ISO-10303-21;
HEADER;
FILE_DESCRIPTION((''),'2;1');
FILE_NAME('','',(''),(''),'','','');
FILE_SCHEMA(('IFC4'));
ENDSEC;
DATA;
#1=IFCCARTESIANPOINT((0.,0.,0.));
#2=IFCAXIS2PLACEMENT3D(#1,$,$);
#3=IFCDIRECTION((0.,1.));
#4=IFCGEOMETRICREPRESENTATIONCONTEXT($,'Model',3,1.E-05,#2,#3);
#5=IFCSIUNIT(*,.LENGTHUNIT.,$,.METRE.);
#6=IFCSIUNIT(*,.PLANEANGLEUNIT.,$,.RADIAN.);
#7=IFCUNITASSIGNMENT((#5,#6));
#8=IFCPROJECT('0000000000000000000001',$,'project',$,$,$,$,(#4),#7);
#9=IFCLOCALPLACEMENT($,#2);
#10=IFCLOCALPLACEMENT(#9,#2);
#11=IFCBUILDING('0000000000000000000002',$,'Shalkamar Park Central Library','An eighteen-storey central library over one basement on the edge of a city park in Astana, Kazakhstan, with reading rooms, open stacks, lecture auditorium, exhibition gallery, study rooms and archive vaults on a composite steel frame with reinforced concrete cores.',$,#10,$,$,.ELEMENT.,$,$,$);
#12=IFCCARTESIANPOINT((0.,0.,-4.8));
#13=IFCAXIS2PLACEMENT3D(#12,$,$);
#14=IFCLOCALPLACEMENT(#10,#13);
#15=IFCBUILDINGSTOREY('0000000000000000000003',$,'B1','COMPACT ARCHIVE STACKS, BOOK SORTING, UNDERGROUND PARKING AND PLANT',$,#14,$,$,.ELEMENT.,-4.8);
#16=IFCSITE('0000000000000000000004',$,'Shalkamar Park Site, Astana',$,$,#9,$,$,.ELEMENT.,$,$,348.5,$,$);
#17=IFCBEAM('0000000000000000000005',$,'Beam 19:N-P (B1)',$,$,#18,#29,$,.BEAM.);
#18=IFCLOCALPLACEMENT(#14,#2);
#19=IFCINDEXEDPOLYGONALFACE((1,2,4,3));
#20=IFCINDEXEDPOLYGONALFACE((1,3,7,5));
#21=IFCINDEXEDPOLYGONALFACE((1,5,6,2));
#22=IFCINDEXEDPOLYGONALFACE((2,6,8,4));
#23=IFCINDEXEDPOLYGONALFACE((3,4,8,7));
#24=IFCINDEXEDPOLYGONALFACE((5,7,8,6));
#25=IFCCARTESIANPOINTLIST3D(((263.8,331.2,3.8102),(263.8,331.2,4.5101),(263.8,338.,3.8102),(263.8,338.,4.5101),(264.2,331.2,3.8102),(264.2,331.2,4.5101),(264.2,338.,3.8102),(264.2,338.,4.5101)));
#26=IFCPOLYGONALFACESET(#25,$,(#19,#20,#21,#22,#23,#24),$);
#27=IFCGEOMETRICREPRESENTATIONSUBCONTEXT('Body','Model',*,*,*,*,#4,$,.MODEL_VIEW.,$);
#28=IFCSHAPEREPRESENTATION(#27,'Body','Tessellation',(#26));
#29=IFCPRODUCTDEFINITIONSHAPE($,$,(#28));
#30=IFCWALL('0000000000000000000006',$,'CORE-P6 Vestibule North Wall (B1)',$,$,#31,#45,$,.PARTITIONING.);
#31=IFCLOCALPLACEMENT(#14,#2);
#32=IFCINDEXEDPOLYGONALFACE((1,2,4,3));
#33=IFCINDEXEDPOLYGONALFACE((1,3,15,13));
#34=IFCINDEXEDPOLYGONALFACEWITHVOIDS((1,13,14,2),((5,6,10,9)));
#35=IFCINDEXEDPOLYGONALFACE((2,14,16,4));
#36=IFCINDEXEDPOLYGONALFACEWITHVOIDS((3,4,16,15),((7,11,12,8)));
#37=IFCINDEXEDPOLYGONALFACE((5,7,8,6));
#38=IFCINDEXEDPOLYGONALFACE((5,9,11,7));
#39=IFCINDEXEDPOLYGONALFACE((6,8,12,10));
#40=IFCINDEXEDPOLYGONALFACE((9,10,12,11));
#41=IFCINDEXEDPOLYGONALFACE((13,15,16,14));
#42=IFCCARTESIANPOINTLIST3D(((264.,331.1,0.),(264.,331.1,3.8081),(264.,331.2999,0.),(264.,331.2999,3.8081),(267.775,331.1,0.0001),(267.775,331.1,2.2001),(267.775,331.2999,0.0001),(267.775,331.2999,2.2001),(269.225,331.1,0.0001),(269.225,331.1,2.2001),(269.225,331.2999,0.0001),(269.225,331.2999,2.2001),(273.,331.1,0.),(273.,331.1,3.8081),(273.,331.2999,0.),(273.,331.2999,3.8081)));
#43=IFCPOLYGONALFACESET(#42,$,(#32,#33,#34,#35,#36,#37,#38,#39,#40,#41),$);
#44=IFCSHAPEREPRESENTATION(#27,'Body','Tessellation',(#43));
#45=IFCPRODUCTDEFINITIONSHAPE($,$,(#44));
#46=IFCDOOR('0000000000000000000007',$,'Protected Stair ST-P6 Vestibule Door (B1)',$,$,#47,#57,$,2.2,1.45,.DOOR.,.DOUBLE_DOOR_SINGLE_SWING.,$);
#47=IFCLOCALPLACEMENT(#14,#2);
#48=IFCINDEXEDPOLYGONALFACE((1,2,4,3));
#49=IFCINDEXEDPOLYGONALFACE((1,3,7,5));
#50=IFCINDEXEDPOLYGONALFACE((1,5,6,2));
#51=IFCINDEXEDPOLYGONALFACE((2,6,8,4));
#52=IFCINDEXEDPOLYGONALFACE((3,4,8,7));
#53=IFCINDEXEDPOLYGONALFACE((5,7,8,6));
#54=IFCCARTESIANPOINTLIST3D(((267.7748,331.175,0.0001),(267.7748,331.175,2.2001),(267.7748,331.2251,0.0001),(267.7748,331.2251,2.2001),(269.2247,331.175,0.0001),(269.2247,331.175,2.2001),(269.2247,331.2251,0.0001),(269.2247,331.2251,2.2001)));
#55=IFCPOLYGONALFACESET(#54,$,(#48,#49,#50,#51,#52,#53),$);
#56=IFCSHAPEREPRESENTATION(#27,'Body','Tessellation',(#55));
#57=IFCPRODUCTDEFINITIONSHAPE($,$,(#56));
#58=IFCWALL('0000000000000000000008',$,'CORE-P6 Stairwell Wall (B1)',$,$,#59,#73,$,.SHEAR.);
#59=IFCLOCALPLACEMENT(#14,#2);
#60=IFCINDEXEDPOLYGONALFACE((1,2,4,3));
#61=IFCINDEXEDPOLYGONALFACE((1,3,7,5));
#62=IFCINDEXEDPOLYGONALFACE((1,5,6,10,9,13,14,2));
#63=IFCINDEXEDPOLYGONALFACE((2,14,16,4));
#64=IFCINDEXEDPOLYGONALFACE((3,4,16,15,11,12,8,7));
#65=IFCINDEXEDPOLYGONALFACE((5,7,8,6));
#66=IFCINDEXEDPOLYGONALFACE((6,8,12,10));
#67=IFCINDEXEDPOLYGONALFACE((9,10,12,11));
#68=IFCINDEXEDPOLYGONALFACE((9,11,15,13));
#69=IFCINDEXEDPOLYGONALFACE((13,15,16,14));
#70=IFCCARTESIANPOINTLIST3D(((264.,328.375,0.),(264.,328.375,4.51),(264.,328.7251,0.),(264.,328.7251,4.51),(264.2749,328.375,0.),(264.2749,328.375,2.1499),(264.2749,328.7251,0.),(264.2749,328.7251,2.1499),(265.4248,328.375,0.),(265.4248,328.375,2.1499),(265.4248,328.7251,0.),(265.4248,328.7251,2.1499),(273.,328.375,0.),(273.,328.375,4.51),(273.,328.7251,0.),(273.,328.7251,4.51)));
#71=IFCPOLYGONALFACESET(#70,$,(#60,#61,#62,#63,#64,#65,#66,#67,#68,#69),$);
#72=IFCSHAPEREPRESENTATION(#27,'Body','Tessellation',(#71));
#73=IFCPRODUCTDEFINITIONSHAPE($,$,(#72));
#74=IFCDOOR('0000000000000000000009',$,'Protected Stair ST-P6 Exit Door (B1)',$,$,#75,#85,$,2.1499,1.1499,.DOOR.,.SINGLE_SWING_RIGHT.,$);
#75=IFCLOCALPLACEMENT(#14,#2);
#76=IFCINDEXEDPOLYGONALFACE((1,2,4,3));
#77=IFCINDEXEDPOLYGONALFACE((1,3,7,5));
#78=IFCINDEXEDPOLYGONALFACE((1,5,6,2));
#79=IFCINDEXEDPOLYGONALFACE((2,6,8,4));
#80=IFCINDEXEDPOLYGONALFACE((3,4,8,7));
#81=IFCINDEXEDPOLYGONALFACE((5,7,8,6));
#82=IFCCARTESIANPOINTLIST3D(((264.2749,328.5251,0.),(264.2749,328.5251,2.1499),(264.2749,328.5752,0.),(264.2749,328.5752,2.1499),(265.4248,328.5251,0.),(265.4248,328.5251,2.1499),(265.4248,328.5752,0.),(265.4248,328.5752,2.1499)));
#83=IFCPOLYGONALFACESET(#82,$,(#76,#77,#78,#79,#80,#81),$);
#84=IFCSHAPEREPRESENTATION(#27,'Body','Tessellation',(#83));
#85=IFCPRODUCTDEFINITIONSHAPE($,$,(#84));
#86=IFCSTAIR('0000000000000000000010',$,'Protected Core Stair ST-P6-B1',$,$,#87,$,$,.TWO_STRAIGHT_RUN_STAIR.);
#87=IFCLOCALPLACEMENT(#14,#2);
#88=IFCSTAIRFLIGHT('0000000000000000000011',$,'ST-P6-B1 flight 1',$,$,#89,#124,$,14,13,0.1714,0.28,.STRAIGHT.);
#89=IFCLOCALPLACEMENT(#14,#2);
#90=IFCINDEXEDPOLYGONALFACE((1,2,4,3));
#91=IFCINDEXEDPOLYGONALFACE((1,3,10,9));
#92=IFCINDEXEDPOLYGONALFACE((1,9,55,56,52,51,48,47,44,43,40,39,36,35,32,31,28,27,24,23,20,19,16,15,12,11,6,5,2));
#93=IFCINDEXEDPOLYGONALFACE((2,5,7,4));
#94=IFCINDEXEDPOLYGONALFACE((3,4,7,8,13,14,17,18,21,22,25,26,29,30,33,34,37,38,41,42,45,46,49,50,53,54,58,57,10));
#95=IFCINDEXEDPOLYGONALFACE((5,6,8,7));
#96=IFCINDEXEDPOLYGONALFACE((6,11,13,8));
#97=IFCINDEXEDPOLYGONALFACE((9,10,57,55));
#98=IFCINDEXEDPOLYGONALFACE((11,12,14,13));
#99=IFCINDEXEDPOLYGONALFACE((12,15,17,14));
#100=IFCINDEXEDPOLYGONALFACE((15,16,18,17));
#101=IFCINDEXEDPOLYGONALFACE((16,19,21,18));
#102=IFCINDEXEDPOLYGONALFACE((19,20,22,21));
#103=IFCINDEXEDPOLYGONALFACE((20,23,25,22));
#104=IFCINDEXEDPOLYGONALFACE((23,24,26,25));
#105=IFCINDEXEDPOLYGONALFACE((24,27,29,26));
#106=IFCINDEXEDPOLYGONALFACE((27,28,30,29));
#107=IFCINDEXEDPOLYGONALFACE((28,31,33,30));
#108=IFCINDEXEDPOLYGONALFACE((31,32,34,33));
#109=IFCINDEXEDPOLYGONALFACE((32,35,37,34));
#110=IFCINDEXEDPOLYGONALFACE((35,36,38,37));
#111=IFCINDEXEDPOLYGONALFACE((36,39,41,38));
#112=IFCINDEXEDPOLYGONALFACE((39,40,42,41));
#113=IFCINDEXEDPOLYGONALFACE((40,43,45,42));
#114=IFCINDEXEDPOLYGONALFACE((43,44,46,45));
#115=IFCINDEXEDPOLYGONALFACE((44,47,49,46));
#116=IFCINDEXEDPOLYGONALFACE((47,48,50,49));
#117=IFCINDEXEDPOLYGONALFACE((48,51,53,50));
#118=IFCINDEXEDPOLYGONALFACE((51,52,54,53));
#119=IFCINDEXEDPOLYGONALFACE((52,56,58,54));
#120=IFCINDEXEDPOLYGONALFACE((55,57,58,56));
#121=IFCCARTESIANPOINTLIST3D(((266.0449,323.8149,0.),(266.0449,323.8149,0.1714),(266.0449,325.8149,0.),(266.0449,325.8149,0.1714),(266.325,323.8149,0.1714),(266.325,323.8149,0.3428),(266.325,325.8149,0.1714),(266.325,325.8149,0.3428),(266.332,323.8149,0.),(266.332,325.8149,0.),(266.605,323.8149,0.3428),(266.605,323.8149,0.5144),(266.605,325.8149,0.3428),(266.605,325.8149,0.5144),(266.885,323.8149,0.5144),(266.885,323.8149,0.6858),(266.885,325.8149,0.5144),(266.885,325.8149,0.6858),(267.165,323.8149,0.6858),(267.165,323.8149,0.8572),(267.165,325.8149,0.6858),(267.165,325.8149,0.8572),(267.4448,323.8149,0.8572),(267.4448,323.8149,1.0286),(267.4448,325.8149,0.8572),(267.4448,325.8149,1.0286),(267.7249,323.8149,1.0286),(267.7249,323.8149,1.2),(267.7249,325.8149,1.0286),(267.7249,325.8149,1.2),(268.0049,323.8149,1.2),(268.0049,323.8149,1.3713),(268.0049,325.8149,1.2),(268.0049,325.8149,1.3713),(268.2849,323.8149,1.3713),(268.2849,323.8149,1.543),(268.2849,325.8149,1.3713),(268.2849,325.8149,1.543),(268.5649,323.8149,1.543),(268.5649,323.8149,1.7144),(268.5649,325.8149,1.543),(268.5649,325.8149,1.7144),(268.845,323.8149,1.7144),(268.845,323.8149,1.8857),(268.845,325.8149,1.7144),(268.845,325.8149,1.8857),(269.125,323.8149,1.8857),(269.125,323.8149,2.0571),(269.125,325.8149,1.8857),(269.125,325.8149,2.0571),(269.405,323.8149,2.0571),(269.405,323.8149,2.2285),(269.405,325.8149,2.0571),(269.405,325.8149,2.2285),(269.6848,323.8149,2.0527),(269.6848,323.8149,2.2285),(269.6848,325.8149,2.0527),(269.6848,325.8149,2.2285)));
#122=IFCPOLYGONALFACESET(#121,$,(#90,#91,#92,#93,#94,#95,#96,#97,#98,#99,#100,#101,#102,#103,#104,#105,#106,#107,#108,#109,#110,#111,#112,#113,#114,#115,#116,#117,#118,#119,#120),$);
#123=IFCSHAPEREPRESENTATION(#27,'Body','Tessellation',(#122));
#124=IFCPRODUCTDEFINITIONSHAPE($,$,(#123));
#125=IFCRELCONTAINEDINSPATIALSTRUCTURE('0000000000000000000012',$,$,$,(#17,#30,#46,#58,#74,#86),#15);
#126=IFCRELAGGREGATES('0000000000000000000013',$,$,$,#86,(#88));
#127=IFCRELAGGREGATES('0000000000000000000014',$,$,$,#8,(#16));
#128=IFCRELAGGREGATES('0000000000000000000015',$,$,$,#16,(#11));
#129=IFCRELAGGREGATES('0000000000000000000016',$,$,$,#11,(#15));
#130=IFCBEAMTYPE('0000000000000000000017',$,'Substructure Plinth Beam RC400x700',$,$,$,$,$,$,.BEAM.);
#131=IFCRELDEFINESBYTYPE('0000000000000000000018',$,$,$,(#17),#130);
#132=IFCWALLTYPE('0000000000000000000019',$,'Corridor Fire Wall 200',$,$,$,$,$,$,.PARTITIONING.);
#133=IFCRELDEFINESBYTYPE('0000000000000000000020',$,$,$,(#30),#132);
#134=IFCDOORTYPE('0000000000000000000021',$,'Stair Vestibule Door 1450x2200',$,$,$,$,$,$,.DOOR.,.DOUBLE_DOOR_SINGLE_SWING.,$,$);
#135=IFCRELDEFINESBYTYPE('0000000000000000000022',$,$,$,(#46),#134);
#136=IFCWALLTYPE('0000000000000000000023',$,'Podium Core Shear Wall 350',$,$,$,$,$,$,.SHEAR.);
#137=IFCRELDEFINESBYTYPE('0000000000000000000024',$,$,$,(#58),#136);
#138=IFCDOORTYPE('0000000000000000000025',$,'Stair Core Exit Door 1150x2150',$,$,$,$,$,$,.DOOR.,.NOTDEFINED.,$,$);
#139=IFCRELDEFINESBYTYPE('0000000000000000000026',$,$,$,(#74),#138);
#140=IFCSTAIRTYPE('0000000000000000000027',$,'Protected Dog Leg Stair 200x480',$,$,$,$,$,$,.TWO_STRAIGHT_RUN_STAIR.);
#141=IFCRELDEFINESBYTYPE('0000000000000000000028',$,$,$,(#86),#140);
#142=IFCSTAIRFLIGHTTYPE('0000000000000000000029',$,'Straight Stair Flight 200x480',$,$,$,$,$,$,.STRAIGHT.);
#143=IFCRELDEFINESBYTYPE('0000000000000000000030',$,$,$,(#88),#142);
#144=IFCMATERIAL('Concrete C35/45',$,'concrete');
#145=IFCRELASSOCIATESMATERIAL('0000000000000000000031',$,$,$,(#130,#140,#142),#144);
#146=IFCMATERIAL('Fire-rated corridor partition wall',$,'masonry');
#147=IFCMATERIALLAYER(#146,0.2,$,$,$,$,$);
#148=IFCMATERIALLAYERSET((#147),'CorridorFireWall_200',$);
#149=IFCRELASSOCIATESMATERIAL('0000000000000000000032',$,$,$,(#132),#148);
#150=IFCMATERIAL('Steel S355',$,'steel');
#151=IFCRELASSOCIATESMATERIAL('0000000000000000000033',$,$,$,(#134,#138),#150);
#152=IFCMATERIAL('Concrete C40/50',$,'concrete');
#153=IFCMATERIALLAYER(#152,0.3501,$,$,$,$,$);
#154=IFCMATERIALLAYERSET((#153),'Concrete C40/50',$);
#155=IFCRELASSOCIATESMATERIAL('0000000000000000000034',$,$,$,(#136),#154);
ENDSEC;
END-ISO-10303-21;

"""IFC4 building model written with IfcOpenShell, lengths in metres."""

from ifc_helpers import new_model, si_unit, direction, frame, frame_2d, origin, origin_2d, place, context, subcontext, project, spatial, polyline, rectangle, outline, extrude, material, layer, layer_set, material_profile, profile_set, type_object, element, fill, aggregate, save


model = new_model("IFC4")

# Units and contexts
model_context = context("Model", 3, precision=1e-05, world=origin(), true_north=direction((0.0, 1.0)))
body_context = subcontext(model_context, "Body", "Model", "MODEL_VIEW")
ifc_project = project(units=[si_unit("LENGTHUNIT", "METRE"), si_unit("PLANEANGLEUNIT", "RADIAN")], contexts=[model_context])

# Site, building, storey
site_placement = place(None, origin())
site = spatial("IfcSite", under=ifc_project, at=site_placement, Name="Shalkamar Park Site, Astana", CompositionType="ELEMENT", RefElevation=348.5)
building_placement = place(site_placement, origin())
building = spatial("IfcBuilding", under=site, at=building_placement, Name="Shalkamar Park Central Library", Description="An eighteen-storey central library over one basement on the edge of a city park in Astana, Kazakhstan, with reading rooms, open stacks, lecture auditorium, exhibition gallery, study rooms and archive vaults on a composite steel frame with reinforced concrete cores.", CompositionType="ELEMENT")
storey_placement = place(building_placement, frame((0.0, 0.0, -4.8)))
storey = spatial("IfcBuildingStorey", under=building, at=storey_placement, Name="B1", Description="COMPACT ARCHIVE STACKS, BOOK SORTING, UNDERGROUND PARKING AND PLANT", CompositionType="ELEMENT", Elevation=-4.8)

# Shared definitions
ifc_material_1 = material(Name="Concrete C35/45", Category="concrete")

# Shared definitions
ifc_material_2 = material(Name="Concrete C40/50", Category="concrete")

# Beam
ifc_material_3 = material(Name="Steel S355", Category="steel")
ifc_material_profile_1 = material_profile(ifc_material_1, rectangle(XDim=0.3999, YDim=0.7, at=origin_2d()), Name="RC 400x700")
ifc_profile_set_1 = profile_set([ifc_material_profile_1], Name="Concrete C35/45")
beam_type_1 = type_object("IfcBeamType", Name="Substructure Plinth Beam RC400x700", PredefinedType="BEAM", material=ifc_profile_set_1)
beam_1_placement = place(storey_placement, frame((264.0, 331.2, 4.1602), z_axis=(0.0, 1.0, 0.0), x_axis=(-1.0, 0.0, 0.0)))
element("IfcBeam", 1, at=beam_1_placement, inside=storey, type_object=beam_type_1, Name="Beam 19:N-P (B1)", PredefinedType="BEAM", context=body_context, shape_type="SweptSolid", body=[
    extrude(rectangle(XDim=0.3999, YDim=0.7, at=origin_2d()), origin(), (0.0, 0.0, 1.0), 6.8),
])

# Walls, openings, doors
ifc_material_4 = material(Name="Fire-rated corridor partition wall", Category="masonry")
ifc_layer_1 = layer(ifc_material_4, 0.2)
ifc_layer_set_1 = layer_set([ifc_layer_1], Name="CorridorFireWall_200")
wall_type_1 = type_object("IfcWallType", Name="Corridor Fire Wall 200", PredefinedType="PARTITIONING", material=ifc_layer_set_1)
wall_1_placement = place(storey_placement, frame((264.0, 331.2, 0.0), z_axis=(0.0, 0.0, 1.0), x_axis=(1.0, 0.0, 0.0)))
wall_1 = element("IfcWall", 2, at=wall_1_placement, inside=storey, type_object=wall_type_1, Name="CORE-P6 Vestibule North Wall (B1)", PredefinedType="PARTITIONING", context=body_context, shape_type="SweptSolid", body=[
    extrude(rectangle(XDim=9.0, YDim=0.2, at=frame_2d((4.5, 0.0))), origin(), (0.0, 0.0, 1.0), 3.8081),
])
opening_1_placement = place(wall_1_placement, frame((3.7749, 0.0, 0.0)))
opening_1 = element("IfcOpeningElement", 3, at=opening_1_placement, cuts=wall_1, PredefinedType="OPENING", context=body_context, shape_type="SweptSolid", body=[
    extrude(rectangle(XDim=1.45, YDim=2.2, at=frame_2d((0.7251, 1.1001))), frame((0.0, 0.1147, 0.0), z_axis=(0.0, -1.0, 0.0), x_axis=(1.0, 0.0, 0.0)), (0.0, 0.0, 1.0), 0.2297),
])
door_type_1 = type_object("IfcDoorType", Name="Stair Vestibule Door 1450x2200", OperationType="DOUBLE_DOOR_SINGLE_SWING", PredefinedType="DOOR", material=ifc_material_3)
door_1_placement = place(opening_1_placement, frame((1.45, 0.0, 0.0), z_axis=(0.0, 0.0, 1.0), x_axis=(-1.0, 0.0, 0.0)))
door_1 = element("IfcDoor", 4, at=door_1_placement, inside=storey, type_object=door_type_1, Name="Protected Stair ST-P6 Vestibule Door (B1)", OperationType="DOUBLE_DOOR_SINGLE_SWING", OverallHeight=2.2, OverallWidth=1.45, PredefinedType="DOOR", context=body_context, shape_type="SweptSolid", body=[
    extrude(rectangle(XDim=1.45, YDim=2.2, at=frame_2d((0.7251, 1.1001))), frame((0.0, 0.0249, 0.0), z_axis=(0.0, -1.0, 0.0), x_axis=(1.0, 0.0, 0.0)), (0.0, 0.0, 1.0), 0.05),
])
fill(opening_1, door_1)
ifc_layer_2 = layer(ifc_material_2, 0.3501)
ifc_layer_set_2 = layer_set([ifc_layer_2], Name="Concrete C40/50")
wall_type_2 = type_object("IfcWallType", Name="Podium Core Shear Wall 350", PredefinedType="SHEAR", material=ifc_layer_set_2)
wall_2_placement = place(storey_placement, frame((264.0, 328.55, 0.0), z_axis=(0.0, 0.0, 1.0), x_axis=(1.0, 0.0, 0.0)))
wall_2 = element("IfcWall", 5, at=wall_2_placement, inside=storey, type_object=wall_type_2, Name="CORE-P6 Stairwell Wall (B1)", PredefinedType="SHEAR", context=body_context, shape_type="SweptSolid", body=[
    extrude(rectangle(XDim=9.0, YDim=0.3501, at=frame_2d((4.5, 0.0))), origin(), (0.0, 0.0, 1.0), 4.51),
])
opening_2_placement = place(wall_2_placement, frame((0.2749, 0.0, 0.0)))
opening_2 = element("IfcOpeningElement", 6, at=opening_2_placement, cuts=wall_2, PredefinedType="OPENING", context=body_context, shape_type="SweptSolid", body=[
    extrude(rectangle(XDim=1.1499, YDim=2.1499, at=frame_2d((0.575, 1.075))), frame((0.0, 0.1899, 0.0), z_axis=(0.0, -1.0, 0.0), x_axis=(1.0, 0.0, 0.0)), (0.0, 0.0, 1.0), 0.3799),
])
door_type_2 = type_object("IfcDoorType", Name="Stair Core Exit Door 1150x2150", OperationType="NOTDEFINED", PredefinedType="DOOR", material=ifc_material_3)
door_2_placement = place(opening_2_placement, frame((1.1499, 0.0, 0.0), z_axis=(0.0, 0.0, 1.0), x_axis=(-1.0, 0.0, 0.0)))
door_2 = element("IfcDoor", 7, at=door_2_placement, inside=storey, type_object=door_type_2, Name="Protected Stair ST-P6 Exit Door (B1)", OperationType="SINGLE_SWING_RIGHT", OverallHeight=2.1499, OverallWidth=1.1499, PredefinedType="DOOR", context=body_context, shape_type="SweptSolid", body=[
    extrude(rectangle(XDim=1.1499, YDim=2.1499, at=frame_2d((0.575, 1.075))), frame((0.0, 0.0249, 0.0), z_axis=(0.0, -1.0, 0.0), x_axis=(1.0, 0.0, 0.0)), (0.0, 0.0, 1.0), 0.05),
])
fill(opening_2, door_2)

# Stair, stair flight
stair_type = type_object("IfcStairType", Name="Protected Dog Leg Stair 200x480", PredefinedType="TWO_STRAIGHT_RUN_STAIR", material=ifc_material_1)
stair_placement = place(storey_placement, origin())
stair = element("IfcStair", 8, at=stair_placement, inside=storey, type_object=stair_type, Name="Protected Core Stair ST-P6-B1", PredefinedType="TWO_STRAIGHT_RUN_STAIR")
stair_flight_type = type_object("IfcStairFlightType", Name="Straight Stair Flight 200x480", PredefinedType="STRAIGHT", material=ifc_material_1)
stair_flight_placement = place(storey_placement, frame((266.0449, 324.8149, 0.0), z_axis=(0.0, 0.0, 1.0), x_axis=(1.0, 0.0, 0.0)))
stair_flight = element("IfcStairFlight", 9, at=stair_flight_placement, type_object=stair_flight_type, Name="ST-P6-B1 flight 1", NumberOfRisers=14, NumberOfTreads=13, PredefinedType="STRAIGHT", RiserHeight=0.1714, TreadLength=0.28, context=body_context, shape_type="SweptSolid", body=[
    extrude(outline(polyline([(0.0, 0.0), (0.0, 0.1714), (0.28, 0.1714), (0.28, 0.3428), (0.5601, 0.3428), (0.5601, 0.5144), (0.8401, 0.5144), (0.8401, 0.6858), (1.1201, 0.6858), (1.1201, 0.8572), (1.3999, 0.8572), (1.3999, 1.0286), (1.6799, 1.0286), (1.6799, 1.2), (1.96, 1.2), (1.96, 1.3713), (2.24, 1.3713), (2.24, 1.543), (2.52, 1.543), (2.52, 1.7144), (2.8, 1.7144), (2.8, 1.8857), (3.0801, 1.8857), (3.0801, 2.0571), (3.3601, 2.0571), (3.3601, 2.2285), (3.6399, 2.2285), (3.6399, 2.3999), (3.6399, 2.0527), (0.2871, 0.0), (0.0, 0.0)])), frame((0.0, 1.0, 0.0), z_axis=(0.0, -1.0, 0.0), x_axis=(1.0, 0.0, 0.0)), (0.0, 0.0, 1.0), 2.0),
])
aggregate(stair, [stair_flight])

save(model, "model.ifc")
